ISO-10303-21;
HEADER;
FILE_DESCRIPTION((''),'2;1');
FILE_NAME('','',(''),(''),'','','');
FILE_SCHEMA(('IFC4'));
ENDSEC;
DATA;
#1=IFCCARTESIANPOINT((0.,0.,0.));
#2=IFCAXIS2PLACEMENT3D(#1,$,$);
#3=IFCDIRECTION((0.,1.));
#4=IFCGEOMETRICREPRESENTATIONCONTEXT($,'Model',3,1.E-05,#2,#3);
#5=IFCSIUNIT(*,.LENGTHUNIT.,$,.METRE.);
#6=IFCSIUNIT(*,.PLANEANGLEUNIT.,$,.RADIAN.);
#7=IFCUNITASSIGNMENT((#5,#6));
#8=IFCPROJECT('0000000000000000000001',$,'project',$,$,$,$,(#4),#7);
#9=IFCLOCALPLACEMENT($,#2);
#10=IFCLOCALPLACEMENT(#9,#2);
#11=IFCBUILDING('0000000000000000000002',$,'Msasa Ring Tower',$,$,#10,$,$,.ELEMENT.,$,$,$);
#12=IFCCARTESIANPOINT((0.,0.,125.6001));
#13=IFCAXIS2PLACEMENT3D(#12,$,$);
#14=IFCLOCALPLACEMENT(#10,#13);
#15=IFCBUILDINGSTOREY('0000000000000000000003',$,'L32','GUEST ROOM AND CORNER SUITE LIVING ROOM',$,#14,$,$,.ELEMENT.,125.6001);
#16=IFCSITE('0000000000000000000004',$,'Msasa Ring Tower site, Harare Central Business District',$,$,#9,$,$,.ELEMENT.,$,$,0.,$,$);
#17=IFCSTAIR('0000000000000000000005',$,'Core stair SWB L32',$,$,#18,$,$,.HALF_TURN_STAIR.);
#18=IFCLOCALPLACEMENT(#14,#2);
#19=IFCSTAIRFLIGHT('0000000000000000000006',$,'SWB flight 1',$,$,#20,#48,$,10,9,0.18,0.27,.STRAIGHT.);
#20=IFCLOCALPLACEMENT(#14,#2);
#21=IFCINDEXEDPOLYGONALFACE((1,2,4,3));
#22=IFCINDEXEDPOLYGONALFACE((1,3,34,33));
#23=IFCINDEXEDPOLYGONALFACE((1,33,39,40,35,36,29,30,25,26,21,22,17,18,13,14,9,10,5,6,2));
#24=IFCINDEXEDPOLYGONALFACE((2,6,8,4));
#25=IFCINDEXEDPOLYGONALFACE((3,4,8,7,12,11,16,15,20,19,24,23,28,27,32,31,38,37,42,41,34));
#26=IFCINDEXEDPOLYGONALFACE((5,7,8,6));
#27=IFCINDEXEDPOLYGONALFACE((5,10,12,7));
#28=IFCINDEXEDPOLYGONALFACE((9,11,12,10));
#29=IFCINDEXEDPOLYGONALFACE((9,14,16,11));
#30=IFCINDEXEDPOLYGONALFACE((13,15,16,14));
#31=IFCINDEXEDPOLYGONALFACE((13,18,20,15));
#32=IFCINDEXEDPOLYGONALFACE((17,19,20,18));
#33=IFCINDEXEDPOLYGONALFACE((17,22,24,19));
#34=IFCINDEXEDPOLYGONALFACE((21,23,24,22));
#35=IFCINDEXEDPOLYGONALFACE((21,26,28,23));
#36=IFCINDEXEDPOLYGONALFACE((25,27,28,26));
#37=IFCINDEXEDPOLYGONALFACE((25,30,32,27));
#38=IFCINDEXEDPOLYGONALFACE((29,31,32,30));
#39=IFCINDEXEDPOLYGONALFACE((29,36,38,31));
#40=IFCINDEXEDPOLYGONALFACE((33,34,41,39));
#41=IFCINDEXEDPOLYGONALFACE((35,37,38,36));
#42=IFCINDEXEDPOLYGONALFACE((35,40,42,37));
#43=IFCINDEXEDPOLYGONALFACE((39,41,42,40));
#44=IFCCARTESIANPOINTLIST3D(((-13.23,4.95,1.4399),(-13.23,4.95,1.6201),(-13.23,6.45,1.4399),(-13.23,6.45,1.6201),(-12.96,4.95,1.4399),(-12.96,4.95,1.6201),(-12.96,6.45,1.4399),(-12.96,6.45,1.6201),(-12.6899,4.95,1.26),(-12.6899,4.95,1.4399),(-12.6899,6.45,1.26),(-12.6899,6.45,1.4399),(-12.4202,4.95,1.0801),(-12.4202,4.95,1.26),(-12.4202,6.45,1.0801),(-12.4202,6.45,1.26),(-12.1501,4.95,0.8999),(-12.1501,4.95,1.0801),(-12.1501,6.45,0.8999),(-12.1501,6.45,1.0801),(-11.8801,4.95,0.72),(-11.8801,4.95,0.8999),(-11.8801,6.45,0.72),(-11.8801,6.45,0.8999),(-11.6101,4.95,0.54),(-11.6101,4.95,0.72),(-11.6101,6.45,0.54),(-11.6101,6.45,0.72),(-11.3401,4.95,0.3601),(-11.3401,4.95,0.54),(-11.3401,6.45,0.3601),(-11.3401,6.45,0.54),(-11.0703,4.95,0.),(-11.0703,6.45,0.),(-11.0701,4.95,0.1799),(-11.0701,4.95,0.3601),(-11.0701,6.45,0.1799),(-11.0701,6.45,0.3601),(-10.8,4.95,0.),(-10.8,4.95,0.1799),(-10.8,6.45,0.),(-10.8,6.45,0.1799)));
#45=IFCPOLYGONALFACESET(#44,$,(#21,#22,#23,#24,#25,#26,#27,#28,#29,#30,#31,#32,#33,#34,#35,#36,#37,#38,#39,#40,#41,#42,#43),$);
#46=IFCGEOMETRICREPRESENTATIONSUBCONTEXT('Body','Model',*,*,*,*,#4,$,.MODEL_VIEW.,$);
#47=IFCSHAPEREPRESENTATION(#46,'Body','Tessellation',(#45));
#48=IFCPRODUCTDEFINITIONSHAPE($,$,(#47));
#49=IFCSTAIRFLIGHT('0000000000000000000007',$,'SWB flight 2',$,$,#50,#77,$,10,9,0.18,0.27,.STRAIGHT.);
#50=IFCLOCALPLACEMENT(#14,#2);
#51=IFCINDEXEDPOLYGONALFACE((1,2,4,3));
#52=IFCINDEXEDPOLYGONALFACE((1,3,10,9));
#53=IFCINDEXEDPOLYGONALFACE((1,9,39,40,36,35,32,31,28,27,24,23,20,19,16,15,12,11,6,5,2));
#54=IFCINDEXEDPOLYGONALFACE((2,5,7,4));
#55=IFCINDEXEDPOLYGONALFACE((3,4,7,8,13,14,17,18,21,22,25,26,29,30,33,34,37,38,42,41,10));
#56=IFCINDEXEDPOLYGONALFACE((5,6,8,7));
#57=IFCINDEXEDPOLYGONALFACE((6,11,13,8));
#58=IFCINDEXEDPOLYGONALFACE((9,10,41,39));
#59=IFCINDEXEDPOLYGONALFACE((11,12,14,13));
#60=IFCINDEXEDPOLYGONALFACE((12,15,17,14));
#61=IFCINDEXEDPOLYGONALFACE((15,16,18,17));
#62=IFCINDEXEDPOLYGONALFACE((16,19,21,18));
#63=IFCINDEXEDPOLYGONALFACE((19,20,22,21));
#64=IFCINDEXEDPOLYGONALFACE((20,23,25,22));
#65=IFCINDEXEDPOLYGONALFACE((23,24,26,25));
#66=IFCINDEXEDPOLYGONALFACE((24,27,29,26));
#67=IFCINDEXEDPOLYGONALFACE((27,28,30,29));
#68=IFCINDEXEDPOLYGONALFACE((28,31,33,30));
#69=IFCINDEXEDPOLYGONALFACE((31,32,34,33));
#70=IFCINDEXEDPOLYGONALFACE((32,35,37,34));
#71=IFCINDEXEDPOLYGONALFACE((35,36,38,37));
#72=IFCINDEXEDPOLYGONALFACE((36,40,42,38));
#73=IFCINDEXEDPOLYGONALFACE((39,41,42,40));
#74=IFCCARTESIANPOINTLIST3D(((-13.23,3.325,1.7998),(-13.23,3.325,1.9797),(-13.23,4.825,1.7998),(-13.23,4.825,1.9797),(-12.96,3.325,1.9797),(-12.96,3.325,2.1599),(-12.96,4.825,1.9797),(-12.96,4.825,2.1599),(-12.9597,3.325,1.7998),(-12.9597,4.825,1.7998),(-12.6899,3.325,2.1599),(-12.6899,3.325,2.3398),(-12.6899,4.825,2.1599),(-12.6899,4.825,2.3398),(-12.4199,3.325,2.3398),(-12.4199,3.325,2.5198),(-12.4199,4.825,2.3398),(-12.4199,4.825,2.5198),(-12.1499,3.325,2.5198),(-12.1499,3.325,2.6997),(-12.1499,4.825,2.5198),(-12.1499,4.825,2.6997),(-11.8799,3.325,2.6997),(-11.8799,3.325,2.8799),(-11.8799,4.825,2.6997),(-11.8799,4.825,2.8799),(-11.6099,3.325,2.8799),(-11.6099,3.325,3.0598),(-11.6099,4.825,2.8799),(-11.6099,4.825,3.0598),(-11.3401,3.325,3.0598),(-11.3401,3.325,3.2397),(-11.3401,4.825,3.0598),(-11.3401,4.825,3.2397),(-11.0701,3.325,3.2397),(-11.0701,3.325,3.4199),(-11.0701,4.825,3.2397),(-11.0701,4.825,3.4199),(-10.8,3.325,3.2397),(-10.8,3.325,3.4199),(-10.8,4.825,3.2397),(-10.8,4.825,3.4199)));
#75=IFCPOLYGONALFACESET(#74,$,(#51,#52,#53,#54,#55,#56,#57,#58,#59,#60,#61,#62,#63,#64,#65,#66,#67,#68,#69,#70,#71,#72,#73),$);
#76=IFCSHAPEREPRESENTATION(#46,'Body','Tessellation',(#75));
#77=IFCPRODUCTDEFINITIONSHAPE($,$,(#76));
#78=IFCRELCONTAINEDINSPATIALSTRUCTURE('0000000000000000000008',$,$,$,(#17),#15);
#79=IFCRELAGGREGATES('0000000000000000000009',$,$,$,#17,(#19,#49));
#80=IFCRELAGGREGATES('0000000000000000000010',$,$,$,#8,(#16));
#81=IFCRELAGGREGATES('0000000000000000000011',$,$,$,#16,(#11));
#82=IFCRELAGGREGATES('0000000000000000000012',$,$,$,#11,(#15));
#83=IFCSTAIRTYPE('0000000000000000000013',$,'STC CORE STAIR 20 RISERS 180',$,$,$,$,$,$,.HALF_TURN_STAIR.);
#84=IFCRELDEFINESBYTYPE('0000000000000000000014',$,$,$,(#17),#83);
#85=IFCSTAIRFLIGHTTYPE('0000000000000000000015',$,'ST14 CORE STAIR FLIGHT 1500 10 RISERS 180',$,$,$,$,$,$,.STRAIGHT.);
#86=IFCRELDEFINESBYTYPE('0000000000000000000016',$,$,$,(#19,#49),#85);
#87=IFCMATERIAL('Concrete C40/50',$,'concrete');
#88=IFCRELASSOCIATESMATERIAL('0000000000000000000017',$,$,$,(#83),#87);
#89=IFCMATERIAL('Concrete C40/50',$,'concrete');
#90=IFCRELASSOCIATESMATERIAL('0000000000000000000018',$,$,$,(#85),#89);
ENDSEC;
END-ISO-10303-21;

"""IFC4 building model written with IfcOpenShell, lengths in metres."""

from ifc_helpers import new_model, si_unit, direction, frame, origin, place, context, subcontext, project, spatial, polyline, outline, extrude, material, type_object, element, aggregate, save


model = new_model("IFC4")

# Units and contexts
model_context = context("Model", 3, precision=1e-05, world=origin(), true_north=direction((0.0, 1.0)))
body_context = subcontext(model_context, "Body", "Model", "MODEL_VIEW")
ifc_project = project(units=[si_unit("LENGTHUNIT", "METRE"), si_unit("PLANEANGLEUNIT", "RADIAN")], contexts=[model_context])

# Site, building, storey
site_placement = place(None, origin())
site = spatial("IfcSite", under=ifc_project, at=site_placement, Name="Msasa Ring Tower site, Harare Central Business District", CompositionType="ELEMENT", RefElevation=0.0)
building_placement = place(site_placement, origin())
building = spatial("IfcBuilding", under=site, at=building_placement, Name="Msasa Ring Tower", CompositionType="ELEMENT")
storey_placement = place(building_placement, frame((0.0, 0.0, 125.6001)))
storey = spatial("IfcBuildingStorey", under=building, at=storey_placement, Name="L32", Description="GUEST ROOM AND CORNER SUITE LIVING ROOM", CompositionType="ELEMENT", Elevation=125.6001)

# Stair, stair flights
ifc_material_1 = material(Name="Concrete C40/50", Category="concrete")
stair_type = type_object("IfcStairType", Name="STC CORE STAIR 20 RISERS 180", PredefinedType="HALF_TURN_STAIR", material=ifc_material_1)
stair_placement = place(storey_placement, origin())
stair = element("IfcStair", 1, at=stair_placement, inside=storey, type_object=stair_type, Name="Core stair SWB L32", PredefinedType="HALF_TURN_STAIR")
ifc_material_2 = material(Name="Concrete C40/50", Category="concrete")
stair_flight_type = type_object("IfcStairFlightType", Name="ST14 CORE STAIR FLIGHT 1500 10 RISERS 180", PredefinedType="STRAIGHT", material=ifc_material_2)
stair_flight_1_placement = place(storey_placement, frame((-10.8, 5.7, 0.0), z_axis=(0.0, 0.0, 1.0), x_axis=(-1.0, 0.0, 0.0)))
stair_flight_1 = element("IfcStairFlight", 2, at=stair_flight_1_placement, type_object=stair_flight_type, Name="SWB flight 1", NumberOfRisers=10, NumberOfTreads=9, PredefinedType="STRAIGHT", RiserHeight=0.18, TreadLength=0.27, context=body_context, shape_type="SweptSolid", body=[
    extrude(outline(polyline([(0.0, 0.0), (0.0, 0.1799), (0.27, 0.1799), (0.27, 0.3601), (0.54, 0.3601), (0.54, 0.54), (0.8101, 0.54), (0.8101, 0.72), (1.0801, 0.72), (1.0801, 0.8999), (1.3501, 0.8999), (1.3501, 1.0801), (1.6201, 1.0801), (1.6201, 1.26), (1.8899, 1.26), (1.8899, 1.4399), (2.1599, 1.4399), (2.1599, 1.6201), (2.4299, 1.6201), (2.4299, 1.8), (2.4299, 1.4399), (0.2703, 0.0), (0.0, 0.0)])), frame((0.0, 0.75, 0.0), z_axis=(0.0, -1.0, 0.0), x_axis=(1.0, 0.0, 0.0)), (0.0, 0.0, 1.0), 1.5),
])
stair_flight_2_placement = place(storey_placement, frame((-13.23, 4.075, 1.7998), z_axis=(0.0, 0.0, 1.0), x_axis=(1.0, 0.0, 0.0)))
stair_flight_2 = element("IfcStairFlight", 3, at=stair_flight_2_placement, type_object=stair_flight_type, Name="SWB flight 2", NumberOfRisers=10, NumberOfTreads=9, PredefinedType="STRAIGHT", RiserHeight=0.18, TreadLength=0.27, context=body_context, shape_type="SweptSolid", body=[
    extrude(outline(polyline([(0.0, 0.0), (0.0, 0.1799), (0.27, 0.1799), (0.27, 0.3601), (0.54, 0.3601), (0.54, 0.54), (0.8101, 0.54), (0.8101, 0.72), (1.0801, 0.72), (1.0801, 0.8999), (1.3501, 0.8999), (1.3501, 1.0801), (1.6201, 1.0801), (1.6201, 1.26), (1.8899, 1.26), (1.8899, 1.4399), (2.1599, 1.4399), (2.1599, 1.6201), (2.4299, 1.6201), (2.4299, 1.8), (2.4299, 1.4399), (0.2703, 0.0), (0.0, 0.0)])), frame((0.0, 0.75, 0.0), z_axis=(0.0, -1.0, 0.0), x_axis=(1.0, 0.0, 0.0)), (0.0, 0.0, 1.0), 1.5),
])
aggregate(stair, [stair_flight_1, stair_flight_2])

save(model, "model.ifc")
